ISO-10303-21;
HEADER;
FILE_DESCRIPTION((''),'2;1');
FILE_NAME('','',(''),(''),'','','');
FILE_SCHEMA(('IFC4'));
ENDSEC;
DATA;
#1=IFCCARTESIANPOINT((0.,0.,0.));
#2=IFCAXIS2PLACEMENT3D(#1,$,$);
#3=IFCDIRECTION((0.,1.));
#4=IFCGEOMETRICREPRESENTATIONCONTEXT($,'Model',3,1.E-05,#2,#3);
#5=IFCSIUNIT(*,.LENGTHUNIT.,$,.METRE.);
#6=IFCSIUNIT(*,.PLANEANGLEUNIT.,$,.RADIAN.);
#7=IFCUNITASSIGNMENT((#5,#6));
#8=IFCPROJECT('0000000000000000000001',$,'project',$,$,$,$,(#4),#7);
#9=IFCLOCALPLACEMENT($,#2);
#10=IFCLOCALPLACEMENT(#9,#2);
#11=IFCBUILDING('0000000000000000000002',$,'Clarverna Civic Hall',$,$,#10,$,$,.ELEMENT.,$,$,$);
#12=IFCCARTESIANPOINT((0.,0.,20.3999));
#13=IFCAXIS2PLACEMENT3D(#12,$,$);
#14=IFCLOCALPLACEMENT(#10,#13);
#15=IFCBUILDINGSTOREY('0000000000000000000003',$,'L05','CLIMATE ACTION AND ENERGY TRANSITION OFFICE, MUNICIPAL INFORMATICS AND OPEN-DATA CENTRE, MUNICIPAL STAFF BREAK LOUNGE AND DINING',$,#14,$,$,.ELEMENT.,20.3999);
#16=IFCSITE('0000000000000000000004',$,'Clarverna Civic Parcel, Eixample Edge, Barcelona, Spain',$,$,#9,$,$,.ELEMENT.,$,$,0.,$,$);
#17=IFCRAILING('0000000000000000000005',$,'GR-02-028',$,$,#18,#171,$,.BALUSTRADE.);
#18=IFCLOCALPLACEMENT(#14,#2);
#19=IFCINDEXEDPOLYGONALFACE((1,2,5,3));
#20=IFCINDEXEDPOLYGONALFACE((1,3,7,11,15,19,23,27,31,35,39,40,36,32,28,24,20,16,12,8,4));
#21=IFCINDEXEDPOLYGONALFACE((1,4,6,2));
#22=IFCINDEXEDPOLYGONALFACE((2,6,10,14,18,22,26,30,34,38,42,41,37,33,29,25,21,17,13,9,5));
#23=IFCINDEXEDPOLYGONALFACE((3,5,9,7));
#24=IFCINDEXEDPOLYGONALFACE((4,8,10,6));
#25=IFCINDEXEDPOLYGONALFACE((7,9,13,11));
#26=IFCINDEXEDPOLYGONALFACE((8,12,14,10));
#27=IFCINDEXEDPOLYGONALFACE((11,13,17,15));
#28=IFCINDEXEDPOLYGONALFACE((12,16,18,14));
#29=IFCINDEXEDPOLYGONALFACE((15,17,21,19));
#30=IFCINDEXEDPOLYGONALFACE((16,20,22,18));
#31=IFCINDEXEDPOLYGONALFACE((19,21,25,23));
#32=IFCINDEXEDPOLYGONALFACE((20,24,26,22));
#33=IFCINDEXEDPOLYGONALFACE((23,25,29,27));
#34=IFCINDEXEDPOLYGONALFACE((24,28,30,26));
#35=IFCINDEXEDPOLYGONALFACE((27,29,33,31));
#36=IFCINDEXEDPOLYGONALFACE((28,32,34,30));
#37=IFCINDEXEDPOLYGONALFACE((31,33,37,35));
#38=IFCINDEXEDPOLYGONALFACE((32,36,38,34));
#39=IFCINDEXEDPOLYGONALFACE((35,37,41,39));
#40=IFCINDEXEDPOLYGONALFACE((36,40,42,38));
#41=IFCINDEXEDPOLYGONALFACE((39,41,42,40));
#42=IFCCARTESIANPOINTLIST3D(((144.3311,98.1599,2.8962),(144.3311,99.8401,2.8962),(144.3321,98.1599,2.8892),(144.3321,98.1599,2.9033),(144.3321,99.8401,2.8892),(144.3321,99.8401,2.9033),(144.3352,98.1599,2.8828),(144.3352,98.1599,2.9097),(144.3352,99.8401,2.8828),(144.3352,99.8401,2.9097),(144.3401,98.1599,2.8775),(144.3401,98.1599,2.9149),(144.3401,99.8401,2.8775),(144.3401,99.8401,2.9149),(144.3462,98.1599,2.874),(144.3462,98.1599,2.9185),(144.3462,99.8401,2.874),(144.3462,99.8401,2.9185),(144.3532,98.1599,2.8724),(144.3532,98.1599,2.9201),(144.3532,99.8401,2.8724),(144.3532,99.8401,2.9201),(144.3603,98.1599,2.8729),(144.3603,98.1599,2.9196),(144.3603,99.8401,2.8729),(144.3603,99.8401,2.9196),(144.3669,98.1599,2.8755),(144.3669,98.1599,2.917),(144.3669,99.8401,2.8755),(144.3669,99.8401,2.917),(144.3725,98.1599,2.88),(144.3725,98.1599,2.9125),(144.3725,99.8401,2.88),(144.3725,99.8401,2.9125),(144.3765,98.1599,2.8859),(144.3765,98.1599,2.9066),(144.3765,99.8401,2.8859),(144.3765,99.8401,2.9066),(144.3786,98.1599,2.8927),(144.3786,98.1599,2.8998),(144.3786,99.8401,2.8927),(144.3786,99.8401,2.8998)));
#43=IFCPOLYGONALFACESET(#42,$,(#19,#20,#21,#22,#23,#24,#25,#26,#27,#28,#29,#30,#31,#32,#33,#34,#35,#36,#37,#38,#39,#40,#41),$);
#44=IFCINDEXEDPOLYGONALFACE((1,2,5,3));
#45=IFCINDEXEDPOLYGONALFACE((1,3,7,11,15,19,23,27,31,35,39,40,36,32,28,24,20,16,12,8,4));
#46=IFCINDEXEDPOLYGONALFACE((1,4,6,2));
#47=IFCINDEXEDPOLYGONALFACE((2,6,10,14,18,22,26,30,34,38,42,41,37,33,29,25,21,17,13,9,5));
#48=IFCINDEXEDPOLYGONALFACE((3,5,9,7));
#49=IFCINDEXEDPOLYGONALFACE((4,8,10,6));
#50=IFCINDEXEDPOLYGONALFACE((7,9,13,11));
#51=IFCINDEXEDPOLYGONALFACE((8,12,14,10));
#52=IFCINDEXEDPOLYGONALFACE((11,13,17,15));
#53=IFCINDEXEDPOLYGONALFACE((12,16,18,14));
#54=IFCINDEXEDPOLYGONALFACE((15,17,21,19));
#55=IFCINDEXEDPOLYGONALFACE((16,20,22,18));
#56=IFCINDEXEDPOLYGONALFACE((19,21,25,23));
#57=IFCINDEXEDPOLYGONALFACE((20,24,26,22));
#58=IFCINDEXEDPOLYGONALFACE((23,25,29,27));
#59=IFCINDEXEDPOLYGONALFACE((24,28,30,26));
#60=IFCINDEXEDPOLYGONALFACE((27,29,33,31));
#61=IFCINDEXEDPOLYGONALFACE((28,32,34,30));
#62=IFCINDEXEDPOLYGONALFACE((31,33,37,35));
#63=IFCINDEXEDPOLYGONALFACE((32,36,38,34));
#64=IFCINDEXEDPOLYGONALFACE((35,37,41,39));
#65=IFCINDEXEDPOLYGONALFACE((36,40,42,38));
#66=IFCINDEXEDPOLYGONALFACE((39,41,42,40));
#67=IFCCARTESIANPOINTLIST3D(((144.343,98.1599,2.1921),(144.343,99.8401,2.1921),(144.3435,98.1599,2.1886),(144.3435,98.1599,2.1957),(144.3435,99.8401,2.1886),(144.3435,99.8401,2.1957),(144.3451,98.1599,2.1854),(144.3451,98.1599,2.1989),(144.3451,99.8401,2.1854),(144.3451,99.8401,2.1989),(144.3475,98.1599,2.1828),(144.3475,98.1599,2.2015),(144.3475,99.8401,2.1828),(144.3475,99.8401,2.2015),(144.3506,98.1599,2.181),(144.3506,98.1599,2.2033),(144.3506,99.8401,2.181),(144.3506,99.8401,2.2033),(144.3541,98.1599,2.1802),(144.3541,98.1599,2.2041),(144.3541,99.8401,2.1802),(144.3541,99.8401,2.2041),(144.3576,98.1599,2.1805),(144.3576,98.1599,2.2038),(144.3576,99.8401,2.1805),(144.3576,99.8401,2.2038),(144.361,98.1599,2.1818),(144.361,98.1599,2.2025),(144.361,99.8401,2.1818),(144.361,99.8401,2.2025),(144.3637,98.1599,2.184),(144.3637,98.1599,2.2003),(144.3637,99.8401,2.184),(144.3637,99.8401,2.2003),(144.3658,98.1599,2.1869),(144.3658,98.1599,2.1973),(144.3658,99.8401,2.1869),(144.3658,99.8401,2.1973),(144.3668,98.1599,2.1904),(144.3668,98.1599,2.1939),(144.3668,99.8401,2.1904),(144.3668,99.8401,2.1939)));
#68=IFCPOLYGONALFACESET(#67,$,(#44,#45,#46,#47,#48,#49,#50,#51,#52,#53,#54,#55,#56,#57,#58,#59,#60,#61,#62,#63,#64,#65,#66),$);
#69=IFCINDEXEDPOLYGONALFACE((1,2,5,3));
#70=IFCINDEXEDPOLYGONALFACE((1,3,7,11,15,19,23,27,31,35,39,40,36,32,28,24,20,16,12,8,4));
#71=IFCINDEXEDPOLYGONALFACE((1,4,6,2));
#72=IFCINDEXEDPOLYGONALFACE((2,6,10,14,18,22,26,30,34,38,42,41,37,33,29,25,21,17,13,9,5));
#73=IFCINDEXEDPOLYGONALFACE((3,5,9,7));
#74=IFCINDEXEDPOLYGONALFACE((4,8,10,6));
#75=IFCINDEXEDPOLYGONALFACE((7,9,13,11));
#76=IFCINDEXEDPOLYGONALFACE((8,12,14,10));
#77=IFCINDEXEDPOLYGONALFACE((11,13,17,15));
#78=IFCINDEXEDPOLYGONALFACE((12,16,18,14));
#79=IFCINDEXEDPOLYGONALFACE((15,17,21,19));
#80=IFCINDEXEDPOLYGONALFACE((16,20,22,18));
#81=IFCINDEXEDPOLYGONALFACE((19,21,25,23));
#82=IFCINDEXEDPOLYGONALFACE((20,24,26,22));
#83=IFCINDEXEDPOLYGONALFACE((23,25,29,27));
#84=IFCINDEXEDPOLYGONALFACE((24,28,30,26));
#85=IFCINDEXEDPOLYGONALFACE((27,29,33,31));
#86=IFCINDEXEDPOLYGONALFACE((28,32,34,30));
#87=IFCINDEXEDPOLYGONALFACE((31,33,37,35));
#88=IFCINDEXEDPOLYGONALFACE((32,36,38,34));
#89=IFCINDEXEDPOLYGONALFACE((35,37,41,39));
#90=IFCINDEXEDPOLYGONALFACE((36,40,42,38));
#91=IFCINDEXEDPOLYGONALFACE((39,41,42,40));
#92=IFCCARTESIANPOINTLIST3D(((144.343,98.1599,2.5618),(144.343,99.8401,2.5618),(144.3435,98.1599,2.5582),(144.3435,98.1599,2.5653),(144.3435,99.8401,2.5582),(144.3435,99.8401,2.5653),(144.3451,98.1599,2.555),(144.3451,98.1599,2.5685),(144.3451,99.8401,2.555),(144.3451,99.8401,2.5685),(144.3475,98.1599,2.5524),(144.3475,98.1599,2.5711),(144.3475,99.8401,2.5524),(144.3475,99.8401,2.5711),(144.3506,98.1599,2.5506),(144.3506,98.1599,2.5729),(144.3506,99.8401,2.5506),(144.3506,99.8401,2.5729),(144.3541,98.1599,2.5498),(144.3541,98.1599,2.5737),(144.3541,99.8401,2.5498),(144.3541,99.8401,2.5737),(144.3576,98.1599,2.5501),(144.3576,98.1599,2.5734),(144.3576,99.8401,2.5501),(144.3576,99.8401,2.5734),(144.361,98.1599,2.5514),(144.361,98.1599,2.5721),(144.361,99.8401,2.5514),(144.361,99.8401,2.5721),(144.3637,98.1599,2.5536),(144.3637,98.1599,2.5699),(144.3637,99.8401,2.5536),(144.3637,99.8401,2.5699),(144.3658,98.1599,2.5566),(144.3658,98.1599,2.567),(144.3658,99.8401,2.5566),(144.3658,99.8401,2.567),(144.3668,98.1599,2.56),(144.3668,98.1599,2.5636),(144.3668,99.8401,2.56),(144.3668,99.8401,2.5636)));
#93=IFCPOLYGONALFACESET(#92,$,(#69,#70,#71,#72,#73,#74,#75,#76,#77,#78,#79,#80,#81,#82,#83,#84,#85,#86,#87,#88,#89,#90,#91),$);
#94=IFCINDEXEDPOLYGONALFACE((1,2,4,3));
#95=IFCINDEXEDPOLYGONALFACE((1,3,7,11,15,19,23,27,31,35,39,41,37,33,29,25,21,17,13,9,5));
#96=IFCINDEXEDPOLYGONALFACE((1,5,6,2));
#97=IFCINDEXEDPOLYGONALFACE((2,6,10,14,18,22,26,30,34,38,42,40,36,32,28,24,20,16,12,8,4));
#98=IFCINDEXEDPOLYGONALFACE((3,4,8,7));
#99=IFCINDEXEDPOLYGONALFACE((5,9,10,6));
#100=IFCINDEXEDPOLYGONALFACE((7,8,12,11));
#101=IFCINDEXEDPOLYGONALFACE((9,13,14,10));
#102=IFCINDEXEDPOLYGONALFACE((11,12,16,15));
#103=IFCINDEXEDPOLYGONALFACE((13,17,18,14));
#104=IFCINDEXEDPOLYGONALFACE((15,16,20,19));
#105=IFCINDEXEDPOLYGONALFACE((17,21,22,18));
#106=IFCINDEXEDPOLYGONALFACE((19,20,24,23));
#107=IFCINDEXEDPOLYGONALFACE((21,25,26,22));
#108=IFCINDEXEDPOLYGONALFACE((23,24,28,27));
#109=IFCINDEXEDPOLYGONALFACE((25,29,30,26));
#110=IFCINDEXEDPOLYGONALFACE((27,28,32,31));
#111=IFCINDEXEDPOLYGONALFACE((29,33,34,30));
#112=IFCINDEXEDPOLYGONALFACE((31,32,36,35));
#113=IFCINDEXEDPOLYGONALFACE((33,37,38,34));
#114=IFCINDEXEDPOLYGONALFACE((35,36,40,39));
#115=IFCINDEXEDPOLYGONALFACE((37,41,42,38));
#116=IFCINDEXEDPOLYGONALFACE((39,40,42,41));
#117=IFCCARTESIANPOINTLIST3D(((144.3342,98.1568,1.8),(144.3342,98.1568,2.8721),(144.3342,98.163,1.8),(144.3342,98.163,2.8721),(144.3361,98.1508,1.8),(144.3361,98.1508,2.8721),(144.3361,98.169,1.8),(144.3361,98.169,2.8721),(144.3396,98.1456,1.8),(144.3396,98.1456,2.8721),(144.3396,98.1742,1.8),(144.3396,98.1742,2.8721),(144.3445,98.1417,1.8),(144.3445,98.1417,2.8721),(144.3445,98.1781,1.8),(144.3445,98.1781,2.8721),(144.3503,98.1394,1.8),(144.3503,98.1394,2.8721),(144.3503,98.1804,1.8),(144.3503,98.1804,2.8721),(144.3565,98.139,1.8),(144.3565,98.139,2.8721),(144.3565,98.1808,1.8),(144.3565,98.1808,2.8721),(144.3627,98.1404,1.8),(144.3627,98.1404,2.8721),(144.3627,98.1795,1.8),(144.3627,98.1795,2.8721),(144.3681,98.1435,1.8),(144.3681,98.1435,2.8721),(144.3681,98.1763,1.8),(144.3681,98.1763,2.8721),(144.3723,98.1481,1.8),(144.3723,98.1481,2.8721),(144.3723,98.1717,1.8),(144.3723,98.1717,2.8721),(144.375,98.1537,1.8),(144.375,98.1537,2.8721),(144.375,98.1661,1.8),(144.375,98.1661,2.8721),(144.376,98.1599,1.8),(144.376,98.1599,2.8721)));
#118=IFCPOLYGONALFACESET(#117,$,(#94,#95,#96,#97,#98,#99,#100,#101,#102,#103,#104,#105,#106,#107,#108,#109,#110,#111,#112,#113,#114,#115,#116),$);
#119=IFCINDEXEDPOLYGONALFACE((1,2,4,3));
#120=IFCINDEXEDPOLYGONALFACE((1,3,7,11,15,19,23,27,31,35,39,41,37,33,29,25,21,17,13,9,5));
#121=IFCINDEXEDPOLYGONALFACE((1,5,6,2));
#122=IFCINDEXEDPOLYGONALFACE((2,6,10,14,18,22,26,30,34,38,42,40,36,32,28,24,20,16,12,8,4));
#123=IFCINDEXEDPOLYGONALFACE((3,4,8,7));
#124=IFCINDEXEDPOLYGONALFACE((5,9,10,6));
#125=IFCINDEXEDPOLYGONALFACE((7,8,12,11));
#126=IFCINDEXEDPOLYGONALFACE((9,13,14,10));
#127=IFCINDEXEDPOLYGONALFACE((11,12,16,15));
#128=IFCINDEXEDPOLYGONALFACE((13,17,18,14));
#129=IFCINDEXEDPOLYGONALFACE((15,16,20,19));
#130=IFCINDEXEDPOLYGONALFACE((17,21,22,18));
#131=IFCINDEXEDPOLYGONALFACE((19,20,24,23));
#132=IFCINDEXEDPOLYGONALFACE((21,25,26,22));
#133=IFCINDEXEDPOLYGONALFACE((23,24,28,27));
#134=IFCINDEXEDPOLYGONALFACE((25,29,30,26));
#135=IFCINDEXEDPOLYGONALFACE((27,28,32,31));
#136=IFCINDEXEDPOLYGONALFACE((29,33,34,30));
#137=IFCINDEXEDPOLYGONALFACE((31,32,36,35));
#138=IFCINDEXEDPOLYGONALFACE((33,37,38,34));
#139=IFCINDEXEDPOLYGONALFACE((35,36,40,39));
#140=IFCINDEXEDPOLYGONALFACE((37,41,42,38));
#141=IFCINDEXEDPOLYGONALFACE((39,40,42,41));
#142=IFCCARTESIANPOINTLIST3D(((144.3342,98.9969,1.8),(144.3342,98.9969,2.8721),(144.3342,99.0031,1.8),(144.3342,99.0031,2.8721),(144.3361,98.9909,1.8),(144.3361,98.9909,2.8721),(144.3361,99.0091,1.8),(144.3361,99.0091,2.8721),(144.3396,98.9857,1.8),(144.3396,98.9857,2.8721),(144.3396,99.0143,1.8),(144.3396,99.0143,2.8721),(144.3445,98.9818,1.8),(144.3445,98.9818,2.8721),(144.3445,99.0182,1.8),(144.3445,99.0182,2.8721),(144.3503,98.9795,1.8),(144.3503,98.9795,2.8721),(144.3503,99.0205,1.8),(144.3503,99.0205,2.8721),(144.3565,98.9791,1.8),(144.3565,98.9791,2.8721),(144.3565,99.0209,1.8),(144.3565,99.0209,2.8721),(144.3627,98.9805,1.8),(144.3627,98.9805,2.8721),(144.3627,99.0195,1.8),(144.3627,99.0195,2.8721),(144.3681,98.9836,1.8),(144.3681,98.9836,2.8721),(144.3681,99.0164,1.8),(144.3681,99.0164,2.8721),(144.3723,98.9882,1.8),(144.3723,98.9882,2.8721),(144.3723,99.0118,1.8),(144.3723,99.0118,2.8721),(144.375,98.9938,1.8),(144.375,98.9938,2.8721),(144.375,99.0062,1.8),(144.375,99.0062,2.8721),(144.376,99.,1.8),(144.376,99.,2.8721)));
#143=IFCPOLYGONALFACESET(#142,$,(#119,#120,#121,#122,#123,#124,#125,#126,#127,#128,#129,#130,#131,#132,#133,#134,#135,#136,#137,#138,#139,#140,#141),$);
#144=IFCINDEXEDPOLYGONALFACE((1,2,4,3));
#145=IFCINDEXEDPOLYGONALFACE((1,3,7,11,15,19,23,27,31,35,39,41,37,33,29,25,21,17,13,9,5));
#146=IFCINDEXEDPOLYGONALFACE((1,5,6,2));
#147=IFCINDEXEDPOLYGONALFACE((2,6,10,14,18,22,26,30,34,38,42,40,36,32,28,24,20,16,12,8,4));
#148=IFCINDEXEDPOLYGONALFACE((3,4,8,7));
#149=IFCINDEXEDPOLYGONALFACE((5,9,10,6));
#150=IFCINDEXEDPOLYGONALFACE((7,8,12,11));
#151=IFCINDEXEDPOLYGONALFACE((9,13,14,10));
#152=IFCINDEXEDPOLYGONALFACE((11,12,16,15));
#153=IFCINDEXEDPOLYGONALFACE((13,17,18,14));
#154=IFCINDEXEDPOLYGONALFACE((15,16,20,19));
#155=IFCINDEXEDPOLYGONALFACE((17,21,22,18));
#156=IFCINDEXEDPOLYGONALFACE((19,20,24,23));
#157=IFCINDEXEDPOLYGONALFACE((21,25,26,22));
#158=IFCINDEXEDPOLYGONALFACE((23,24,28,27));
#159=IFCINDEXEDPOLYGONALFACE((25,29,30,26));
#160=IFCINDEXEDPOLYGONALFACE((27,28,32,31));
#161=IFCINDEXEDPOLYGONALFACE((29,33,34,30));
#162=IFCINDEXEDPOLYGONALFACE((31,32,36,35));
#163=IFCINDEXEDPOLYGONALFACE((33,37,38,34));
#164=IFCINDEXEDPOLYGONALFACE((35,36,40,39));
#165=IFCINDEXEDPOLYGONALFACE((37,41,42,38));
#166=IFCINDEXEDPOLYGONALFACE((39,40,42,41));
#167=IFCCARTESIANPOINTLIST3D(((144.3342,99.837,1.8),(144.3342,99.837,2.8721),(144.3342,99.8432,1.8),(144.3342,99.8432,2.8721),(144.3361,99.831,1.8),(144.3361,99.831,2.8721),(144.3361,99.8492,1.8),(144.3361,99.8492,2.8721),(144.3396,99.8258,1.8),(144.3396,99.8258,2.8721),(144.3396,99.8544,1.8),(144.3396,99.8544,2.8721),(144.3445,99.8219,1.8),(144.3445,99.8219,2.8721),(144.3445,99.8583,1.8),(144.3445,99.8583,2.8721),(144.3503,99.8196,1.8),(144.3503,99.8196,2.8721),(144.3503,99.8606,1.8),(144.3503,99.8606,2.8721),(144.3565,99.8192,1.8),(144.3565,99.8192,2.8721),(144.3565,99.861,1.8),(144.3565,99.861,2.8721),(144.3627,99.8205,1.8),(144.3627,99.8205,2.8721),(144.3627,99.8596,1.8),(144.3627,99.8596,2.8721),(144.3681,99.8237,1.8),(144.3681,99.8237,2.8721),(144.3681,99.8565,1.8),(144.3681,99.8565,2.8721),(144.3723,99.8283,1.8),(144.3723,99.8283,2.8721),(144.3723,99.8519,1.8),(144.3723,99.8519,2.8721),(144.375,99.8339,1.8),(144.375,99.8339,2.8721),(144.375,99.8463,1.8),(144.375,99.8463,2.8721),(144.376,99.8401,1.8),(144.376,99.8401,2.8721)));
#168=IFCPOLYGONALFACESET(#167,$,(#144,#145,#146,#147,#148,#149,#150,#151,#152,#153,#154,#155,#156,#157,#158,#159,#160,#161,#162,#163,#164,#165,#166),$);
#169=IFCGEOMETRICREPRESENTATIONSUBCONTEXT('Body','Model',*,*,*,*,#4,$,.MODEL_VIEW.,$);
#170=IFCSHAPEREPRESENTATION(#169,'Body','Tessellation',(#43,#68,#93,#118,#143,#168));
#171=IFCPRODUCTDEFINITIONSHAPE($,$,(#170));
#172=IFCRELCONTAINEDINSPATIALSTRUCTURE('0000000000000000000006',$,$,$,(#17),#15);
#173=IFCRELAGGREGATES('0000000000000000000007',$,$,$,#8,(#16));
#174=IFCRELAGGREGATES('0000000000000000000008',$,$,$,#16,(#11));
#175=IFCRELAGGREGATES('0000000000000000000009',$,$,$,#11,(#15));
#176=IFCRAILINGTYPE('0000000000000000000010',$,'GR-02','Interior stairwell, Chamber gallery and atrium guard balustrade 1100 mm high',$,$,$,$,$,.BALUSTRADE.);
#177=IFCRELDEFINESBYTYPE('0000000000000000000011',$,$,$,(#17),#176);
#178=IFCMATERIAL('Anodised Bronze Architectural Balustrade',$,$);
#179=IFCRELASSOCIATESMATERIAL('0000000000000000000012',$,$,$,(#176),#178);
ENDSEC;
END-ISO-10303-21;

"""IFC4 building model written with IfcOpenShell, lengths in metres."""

from ifc_helpers import new_model, si_unit, direction, frame, origin, origin_2d, place, context, subcontext, project, spatial, circle, extrude, material, type_object, element, save


model = new_model("IFC4")

# Units and contexts
model_context = context("Model", 3, precision=1e-05, world=origin(), true_north=direction((0.0, 1.0)))
body_context = subcontext(model_context, "Body", "Model", "MODEL_VIEW")
ifc_project = project(units=[si_unit("LENGTHUNIT", "METRE"), si_unit("PLANEANGLEUNIT", "RADIAN")], contexts=[model_context])

# Site, building, storey
site_placement = place(None, origin())
site = spatial("IfcSite", under=ifc_project, at=site_placement, Name="Clarverna Civic Parcel, Eixample Edge, Barcelona, Spain", CompositionType="ELEMENT", RefElevation=0.0)
building_placement = place(site_placement, origin())
building = spatial("IfcBuilding", under=site, at=building_placement, Name="Clarverna Civic Hall", CompositionType="ELEMENT")
storey_placement = place(building_placement, frame((0.0, 0.0, 20.3999)))
storey = spatial("IfcBuildingStorey", under=building, at=storey_placement, Name="L05", Description="CLIMATE ACTION AND ENERGY TRANSITION OFFICE, MUNICIPAL INFORMATICS AND OPEN-DATA CENTRE, MUNICIPAL STAFF BREAK LOUNGE AND DINING", CompositionType="ELEMENT", Elevation=20.3999)

# Railing
ifc_material_1 = material(Name="Anodised Bronze Architectural Balustrade")
railing_type_1 = type_object("IfcRailingType", Name="GR-02", Description="Interior stairwell, Chamber gallery and atrium guard balustrade 1100 mm high", PredefinedType="BALUSTRADE", material=ifc_material_1)
railing_1_placement = place(storey_placement, frame((144.355, 98.1599, 1.8)))
element("IfcRailing", 1, at=railing_1_placement, inside=storey, type_object=railing_type_1, Name="GR-02-028", PredefinedType="BALUSTRADE", context=body_context, shape_type="SweptSolid", body=[
    extrude(circle(Radius=0.0239, at=origin_2d()), frame((0.0, 0.0, 1.0962), z_axis=(0.0, 1.0, 0.0), x_axis=(-1.0, 0.0, 0.0)), (0.0, 0.0, 1.0), 1.6802),
    extrude(circle(Radius=0.012, at=origin_2d()), frame((0.0, 0.0, 0.3921), z_axis=(0.0, 1.0, 0.0), x_axis=(-1.0, 0.0, 0.0)), (0.0, 0.0, 1.0), 1.6802),
    extrude(circle(Radius=0.012, at=origin_2d()), frame((0.0, 0.0, 0.7617), z_axis=(0.0, 1.0, 0.0), x_axis=(-1.0, 0.0, 0.0)), (0.0, 0.0, 1.0), 1.6802),
    extrude(circle(Radius=0.021, at=origin_2d()), origin(), (0.0, 0.0, 1.0), 1.072),
    extrude(circle(Radius=0.021, at=origin_2d()), frame((0.0, 0.8401, 0.0)), (0.0, 0.0, 1.0), 1.072),
    extrude(circle(Radius=0.021, at=origin_2d()), frame((0.0, 1.6802, 0.0)), (0.0, 0.0, 1.0), 1.072),
])

save(model, "model.ifc")
